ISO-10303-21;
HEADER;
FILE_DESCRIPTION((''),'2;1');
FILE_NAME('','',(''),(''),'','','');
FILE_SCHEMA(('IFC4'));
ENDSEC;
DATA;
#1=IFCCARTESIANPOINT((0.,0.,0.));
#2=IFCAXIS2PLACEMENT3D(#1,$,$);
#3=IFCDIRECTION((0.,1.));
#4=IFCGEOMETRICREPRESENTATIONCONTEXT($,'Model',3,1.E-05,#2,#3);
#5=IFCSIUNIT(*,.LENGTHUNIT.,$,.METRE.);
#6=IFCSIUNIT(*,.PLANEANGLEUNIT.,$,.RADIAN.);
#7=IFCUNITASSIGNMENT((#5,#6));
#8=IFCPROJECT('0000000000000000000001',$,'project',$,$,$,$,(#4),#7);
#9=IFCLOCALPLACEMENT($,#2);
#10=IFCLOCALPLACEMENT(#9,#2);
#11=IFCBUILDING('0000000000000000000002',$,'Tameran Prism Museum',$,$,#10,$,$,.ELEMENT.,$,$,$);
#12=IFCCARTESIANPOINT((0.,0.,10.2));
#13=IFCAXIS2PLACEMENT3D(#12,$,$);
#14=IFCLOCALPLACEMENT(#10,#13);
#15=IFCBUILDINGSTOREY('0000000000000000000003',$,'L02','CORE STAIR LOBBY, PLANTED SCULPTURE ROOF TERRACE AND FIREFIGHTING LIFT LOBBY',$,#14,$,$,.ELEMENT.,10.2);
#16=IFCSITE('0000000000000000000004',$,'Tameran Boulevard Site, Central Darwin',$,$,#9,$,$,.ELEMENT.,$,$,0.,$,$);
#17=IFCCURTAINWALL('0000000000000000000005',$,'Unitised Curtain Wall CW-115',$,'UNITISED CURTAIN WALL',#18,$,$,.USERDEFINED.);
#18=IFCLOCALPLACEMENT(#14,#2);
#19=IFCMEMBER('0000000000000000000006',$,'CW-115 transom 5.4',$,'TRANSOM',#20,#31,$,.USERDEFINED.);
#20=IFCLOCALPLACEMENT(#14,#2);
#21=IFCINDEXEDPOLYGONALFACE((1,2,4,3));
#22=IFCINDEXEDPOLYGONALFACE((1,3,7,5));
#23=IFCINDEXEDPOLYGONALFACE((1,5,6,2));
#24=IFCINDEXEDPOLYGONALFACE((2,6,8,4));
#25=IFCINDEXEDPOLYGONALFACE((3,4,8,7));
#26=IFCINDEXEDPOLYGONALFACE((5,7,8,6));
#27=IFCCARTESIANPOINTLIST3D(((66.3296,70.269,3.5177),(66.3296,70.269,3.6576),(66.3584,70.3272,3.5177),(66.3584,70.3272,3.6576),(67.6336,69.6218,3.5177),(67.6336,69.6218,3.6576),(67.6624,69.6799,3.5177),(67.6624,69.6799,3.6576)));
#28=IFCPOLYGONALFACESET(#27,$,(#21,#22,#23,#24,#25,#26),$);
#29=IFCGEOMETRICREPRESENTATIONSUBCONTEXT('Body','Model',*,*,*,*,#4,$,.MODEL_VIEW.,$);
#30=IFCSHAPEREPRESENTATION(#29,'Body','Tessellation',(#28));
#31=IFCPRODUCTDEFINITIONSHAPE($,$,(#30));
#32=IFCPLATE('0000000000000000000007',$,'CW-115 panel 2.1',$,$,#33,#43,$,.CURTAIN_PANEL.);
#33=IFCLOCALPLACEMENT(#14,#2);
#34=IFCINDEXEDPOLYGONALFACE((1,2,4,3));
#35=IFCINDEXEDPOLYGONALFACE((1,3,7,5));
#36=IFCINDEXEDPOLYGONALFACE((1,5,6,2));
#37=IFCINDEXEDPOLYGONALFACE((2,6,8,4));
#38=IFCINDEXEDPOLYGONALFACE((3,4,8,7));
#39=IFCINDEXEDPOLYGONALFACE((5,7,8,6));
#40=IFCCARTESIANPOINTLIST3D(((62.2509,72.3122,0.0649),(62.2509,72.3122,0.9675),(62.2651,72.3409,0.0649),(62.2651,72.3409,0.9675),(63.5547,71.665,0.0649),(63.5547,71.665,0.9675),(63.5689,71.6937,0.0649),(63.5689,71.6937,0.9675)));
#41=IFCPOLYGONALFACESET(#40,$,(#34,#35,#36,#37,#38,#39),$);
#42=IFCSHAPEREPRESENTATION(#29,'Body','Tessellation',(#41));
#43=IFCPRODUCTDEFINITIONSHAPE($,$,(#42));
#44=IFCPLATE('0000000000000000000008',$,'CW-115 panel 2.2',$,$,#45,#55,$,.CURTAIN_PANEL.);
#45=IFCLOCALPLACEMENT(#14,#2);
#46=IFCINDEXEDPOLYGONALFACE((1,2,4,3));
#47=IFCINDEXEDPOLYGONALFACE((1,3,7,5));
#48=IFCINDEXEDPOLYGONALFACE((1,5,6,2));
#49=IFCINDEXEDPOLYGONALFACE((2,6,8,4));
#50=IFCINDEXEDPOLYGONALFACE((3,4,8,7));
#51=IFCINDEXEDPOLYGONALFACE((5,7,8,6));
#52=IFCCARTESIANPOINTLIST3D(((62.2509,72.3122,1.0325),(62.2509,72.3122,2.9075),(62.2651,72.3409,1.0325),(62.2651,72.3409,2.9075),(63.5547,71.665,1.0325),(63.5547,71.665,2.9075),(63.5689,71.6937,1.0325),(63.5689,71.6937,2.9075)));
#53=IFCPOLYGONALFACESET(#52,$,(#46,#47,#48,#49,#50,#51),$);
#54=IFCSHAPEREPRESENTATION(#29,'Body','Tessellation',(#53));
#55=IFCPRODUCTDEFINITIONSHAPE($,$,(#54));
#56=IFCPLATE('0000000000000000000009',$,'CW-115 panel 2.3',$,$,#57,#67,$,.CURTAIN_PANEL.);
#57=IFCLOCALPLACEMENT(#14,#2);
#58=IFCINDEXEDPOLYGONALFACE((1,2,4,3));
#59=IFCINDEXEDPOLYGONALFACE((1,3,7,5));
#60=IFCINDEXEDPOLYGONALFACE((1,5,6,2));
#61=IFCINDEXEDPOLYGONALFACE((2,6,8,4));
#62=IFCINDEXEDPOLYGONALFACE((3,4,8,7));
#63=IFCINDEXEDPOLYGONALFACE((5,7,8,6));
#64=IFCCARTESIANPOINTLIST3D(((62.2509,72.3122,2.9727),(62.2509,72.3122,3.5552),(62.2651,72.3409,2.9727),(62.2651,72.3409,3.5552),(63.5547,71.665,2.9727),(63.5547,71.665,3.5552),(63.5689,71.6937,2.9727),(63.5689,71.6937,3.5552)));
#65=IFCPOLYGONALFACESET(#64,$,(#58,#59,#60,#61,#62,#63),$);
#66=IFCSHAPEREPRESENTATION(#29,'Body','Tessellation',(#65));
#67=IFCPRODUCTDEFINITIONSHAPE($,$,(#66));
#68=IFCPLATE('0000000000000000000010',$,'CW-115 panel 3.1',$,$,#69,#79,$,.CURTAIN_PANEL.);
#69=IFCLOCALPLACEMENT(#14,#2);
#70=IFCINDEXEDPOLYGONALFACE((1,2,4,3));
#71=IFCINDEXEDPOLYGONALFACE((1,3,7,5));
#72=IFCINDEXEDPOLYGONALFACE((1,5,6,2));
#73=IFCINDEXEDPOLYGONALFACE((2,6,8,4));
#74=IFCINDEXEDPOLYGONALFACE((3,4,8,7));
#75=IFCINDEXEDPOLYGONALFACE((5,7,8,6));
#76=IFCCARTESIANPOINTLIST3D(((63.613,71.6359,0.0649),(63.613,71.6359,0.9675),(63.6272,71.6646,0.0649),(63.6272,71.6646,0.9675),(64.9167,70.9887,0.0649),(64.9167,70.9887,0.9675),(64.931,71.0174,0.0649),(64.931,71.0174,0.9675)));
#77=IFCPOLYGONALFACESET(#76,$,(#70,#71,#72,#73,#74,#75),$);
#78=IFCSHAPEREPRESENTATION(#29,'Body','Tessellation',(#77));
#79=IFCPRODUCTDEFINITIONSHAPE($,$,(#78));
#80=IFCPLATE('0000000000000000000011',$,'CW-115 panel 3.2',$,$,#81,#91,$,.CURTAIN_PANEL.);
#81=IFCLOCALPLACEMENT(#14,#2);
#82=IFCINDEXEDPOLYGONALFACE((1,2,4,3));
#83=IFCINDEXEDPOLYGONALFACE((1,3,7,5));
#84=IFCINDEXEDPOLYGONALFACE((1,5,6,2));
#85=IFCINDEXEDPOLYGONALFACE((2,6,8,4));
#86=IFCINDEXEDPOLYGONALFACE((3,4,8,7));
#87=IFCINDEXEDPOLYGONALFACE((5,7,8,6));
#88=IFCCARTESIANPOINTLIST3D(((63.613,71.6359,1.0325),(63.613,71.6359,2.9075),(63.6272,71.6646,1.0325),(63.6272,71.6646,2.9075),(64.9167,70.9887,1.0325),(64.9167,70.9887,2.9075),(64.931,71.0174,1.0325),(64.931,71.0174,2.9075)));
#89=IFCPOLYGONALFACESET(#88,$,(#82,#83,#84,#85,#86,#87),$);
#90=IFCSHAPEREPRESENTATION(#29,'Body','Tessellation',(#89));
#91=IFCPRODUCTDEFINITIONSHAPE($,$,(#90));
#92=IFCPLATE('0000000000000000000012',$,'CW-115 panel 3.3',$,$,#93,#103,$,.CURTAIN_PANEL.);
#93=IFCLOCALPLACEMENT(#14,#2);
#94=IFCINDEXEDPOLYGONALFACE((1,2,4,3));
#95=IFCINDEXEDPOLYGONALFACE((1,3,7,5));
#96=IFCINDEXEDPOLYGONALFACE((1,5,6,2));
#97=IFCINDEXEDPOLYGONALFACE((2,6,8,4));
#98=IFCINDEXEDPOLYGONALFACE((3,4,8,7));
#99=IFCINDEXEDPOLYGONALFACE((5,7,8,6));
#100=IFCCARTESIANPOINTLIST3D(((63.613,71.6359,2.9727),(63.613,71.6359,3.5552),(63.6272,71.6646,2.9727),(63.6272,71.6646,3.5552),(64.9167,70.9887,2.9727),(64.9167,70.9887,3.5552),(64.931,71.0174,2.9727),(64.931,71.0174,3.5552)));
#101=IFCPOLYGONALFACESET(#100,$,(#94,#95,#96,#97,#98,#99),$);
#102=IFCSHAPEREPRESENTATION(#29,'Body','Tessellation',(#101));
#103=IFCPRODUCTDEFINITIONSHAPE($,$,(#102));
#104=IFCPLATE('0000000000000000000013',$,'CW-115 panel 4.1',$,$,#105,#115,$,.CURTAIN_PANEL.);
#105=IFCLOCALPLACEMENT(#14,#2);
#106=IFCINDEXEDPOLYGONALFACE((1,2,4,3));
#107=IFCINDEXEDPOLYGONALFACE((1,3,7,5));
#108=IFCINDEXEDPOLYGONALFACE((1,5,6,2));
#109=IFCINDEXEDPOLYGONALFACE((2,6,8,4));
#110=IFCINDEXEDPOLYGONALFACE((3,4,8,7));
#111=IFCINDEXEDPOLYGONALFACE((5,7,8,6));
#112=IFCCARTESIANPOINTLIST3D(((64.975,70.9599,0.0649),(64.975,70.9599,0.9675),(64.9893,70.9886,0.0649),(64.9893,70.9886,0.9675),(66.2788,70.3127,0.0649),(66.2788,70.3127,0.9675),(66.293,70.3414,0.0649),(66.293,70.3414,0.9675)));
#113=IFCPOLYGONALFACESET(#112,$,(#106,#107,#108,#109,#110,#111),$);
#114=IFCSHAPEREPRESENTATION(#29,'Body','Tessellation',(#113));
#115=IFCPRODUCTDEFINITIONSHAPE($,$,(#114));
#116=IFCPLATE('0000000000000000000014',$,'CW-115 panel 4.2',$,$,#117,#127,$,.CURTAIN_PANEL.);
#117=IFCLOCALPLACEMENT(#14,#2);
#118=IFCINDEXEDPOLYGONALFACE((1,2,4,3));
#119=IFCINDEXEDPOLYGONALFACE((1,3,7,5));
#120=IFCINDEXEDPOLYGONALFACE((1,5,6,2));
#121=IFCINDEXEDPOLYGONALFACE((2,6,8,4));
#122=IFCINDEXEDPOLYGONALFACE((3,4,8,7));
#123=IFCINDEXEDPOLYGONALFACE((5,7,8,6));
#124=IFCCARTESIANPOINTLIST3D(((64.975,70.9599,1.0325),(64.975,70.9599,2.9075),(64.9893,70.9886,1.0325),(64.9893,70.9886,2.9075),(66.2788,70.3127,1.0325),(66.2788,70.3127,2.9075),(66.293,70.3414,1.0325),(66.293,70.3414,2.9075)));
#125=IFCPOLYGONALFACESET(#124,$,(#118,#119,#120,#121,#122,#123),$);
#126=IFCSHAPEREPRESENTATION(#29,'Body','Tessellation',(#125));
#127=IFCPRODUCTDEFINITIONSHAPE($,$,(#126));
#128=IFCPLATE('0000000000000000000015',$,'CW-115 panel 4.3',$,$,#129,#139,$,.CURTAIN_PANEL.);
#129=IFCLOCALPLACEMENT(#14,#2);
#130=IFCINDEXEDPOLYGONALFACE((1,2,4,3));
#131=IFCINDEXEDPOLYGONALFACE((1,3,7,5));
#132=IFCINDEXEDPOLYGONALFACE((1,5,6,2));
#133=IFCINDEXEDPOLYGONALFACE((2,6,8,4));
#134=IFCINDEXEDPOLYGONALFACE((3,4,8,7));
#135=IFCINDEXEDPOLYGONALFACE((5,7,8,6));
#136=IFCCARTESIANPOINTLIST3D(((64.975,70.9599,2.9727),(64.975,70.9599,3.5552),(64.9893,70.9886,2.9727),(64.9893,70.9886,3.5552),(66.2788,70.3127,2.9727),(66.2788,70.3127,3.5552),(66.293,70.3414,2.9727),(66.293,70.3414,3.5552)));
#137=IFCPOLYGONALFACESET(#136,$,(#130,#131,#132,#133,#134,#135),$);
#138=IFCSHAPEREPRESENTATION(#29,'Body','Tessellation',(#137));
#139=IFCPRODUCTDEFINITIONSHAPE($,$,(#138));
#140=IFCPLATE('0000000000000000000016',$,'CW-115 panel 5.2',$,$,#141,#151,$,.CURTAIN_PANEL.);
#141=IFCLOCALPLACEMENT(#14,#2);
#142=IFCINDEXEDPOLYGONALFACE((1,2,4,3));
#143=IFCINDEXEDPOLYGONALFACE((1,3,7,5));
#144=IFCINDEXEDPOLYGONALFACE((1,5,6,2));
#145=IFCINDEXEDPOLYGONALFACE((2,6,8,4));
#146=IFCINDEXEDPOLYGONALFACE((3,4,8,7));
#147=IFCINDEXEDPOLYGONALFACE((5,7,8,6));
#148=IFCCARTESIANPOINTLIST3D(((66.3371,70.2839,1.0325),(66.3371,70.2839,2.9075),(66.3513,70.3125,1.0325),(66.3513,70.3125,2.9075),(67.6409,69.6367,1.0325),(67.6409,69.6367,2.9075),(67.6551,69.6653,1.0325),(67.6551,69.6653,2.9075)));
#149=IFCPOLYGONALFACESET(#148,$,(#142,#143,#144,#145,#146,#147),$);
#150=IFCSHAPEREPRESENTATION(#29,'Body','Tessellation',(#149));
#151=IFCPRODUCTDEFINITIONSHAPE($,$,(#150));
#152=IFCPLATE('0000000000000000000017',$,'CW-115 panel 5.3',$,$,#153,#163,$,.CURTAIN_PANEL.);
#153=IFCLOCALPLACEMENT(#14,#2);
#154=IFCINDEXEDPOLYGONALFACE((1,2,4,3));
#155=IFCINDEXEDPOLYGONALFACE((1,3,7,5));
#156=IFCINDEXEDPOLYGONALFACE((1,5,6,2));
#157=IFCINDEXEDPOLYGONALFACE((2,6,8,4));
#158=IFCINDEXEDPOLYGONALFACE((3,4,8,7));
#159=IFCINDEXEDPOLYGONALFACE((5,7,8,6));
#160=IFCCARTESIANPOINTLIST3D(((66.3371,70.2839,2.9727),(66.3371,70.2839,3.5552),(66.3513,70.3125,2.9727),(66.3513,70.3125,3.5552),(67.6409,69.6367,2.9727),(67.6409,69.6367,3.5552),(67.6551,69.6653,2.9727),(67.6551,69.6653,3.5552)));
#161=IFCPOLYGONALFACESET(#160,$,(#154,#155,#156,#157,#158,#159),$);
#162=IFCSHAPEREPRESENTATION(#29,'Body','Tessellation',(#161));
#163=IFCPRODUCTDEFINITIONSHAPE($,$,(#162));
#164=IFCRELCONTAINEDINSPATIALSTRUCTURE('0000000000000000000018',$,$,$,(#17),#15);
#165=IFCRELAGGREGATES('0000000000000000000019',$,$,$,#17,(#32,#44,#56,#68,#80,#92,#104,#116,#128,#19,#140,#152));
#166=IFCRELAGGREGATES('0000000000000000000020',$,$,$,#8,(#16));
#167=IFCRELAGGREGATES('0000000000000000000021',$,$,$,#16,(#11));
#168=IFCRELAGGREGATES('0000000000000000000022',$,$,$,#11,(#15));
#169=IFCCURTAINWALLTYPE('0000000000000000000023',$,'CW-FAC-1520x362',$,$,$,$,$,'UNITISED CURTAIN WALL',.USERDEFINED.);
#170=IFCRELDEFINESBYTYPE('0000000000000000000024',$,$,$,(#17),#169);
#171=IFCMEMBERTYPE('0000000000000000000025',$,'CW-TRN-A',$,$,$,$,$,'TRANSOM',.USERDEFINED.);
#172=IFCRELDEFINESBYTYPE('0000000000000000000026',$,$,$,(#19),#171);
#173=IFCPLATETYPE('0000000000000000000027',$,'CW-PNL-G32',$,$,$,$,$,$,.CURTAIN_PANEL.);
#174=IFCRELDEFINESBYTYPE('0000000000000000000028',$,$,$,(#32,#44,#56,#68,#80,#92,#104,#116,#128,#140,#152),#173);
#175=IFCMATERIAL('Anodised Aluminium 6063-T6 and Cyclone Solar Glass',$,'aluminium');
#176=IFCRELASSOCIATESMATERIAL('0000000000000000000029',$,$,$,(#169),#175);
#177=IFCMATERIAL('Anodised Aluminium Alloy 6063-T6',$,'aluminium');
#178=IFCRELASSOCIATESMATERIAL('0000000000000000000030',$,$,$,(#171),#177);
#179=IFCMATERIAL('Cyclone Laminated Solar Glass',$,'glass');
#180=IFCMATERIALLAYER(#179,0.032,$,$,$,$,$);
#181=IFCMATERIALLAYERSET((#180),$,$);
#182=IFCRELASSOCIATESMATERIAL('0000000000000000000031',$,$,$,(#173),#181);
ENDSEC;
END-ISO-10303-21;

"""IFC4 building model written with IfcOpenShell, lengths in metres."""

from ifc_helpers import new_model, si_unit, direction, frame, origin, origin_2d, place, context, subcontext, project, spatial, rectangle, extrude, material, layer, layer_set, material_profile, profile_set, type_object, element, aggregate, save


model = new_model("IFC4")

# Units and contexts
model_context = context("Model", 3, precision=1e-05, world=origin(), true_north=direction((0.0, 1.0)))
body_context = subcontext(model_context, "Body", "Model", "MODEL_VIEW")
ifc_project = project(units=[si_unit("LENGTHUNIT", "METRE"), si_unit("PLANEANGLEUNIT", "RADIAN")], contexts=[model_context])

# Site, building, storey
site_placement = place(None, origin())
site = spatial("IfcSite", under=ifc_project, at=site_placement, Name="Tameran Boulevard Site, Central Darwin", CompositionType="ELEMENT", RefElevation=0.0)
building_placement = place(site_placement, origin())
building = spatial("IfcBuilding", under=site, at=building_placement, Name="Tameran Prism Museum", CompositionType="ELEMENT")
storey_placement = place(building_placement, frame((0.0, 0.0, 10.2)))
storey = spatial("IfcBuildingStorey", under=building, at=storey_placement, Name="L02", Description="CORE STAIR LOBBY, PLANTED SCULPTURE ROOF TERRACE AND FIREFIGHTING LIFT LOBBY", CompositionType="ELEMENT", Elevation=10.2)

# Curtain wall, member, plates
ifc_material_1 = material(Name="Anodised Aluminium 6063-T6 and Cyclone Solar Glass", Category="aluminium")
curtain_wall_type = type_object("IfcCurtainWallType", Name="CW-FAC-1520x362", ElementType="UNITISED CURTAIN WALL", PredefinedType="USERDEFINED", material=ifc_material_1)
curtain_wall_placement = place(storey_placement, origin())
curtain_wall = element("IfcCurtainWall", 1, at=curtain_wall_placement, inside=storey, type_object=curtain_wall_type, Name="Unitised Curtain Wall CW-115", ObjectType="UNITISED CURTAIN WALL", PredefinedType="USERDEFINED")
ifc_material_2 = material(Name="Anodised Aluminium Alloy 6063-T6", Category="aluminium")
ifc_material_profile_1 = material_profile(ifc_material_2, rectangle(XDim=0.0649, YDim=0.1399, at=origin_2d()))
ifc_profile_set_1 = profile_set([ifc_material_profile_1])
member_type_1 = type_object("IfcMemberType", Name="CW-TRN-A", ElementType="TRANSOM", PredefinedType="USERDEFINED", material=ifc_profile_set_1)
member_1_placement = place(storey_placement, frame((66.344, 70.2981, 3.5876), z_axis=(0.895731, -0.444595, 0.0), x_axis=(0.444595, 0.895731, 0.0)))
member_1 = element("IfcMember", 2, at=member_1_placement, type_object=member_type_1, Name="CW-115 transom 5.4", ObjectType="TRANSOM", PredefinedType="USERDEFINED", context=body_context, shape_type="SweptSolid", body=[
    extrude(rectangle(XDim=0.0649, YDim=0.1399, at=origin_2d()), origin(), (0.0, 0.0, 1.0), 1.4558),
])
ifc_material_3 = material(Name="Cyclone Laminated Solar Glass", Category="glass")
ifc_layer = layer(ifc_material_3, 0.032)
ifc_layer_set = layer_set([ifc_layer])
plate_type = type_object("IfcPlateType", Name="CW-PNL-G32", PredefinedType="CURTAIN_PANEL", material=ifc_layer_set)
plate_1_placement = place(storey_placement, frame((62.9099, 72.0029, 0.0649), z_axis=(0.0, 0.0, 1.0), x_axis=(0.895712, -0.444634, 0.0)))
plate_1 = element("IfcPlate", 3, at=plate_1_placement, type_object=plate_type, Name="CW-115 panel 2.1", PredefinedType="CURTAIN_PANEL", context=body_context, shape_type="SweptSolid", body=[
    extrude(rectangle(XDim=1.4556, YDim=0.032, at=origin_2d()), origin(), (0.0, 0.0, 1.0), 0.9026),
])
plate_2_placement = place(storey_placement, frame((62.9099, 72.0029, 1.0325), z_axis=(0.0, 0.0, 1.0), x_axis=(0.895712, -0.444634, 0.0)))
plate_2 = element("IfcPlate", 4, at=plate_2_placement, type_object=plate_type, Name="CW-115 panel 2.2", PredefinedType="CURTAIN_PANEL", context=body_context, shape_type="SweptSolid", body=[
    extrude(rectangle(XDim=1.4556, YDim=0.032, at=origin_2d()), origin(), (0.0, 0.0, 1.0), 1.875),
])
plate_3_placement = place(storey_placement, frame((62.9099, 72.0029, 2.9727), z_axis=(0.0, 0.0, 1.0), x_axis=(0.895712, -0.444634, 0.0)))
plate_3 = element("IfcPlate", 5, at=plate_3_placement, type_object=plate_type, Name="CW-115 panel 2.3", PredefinedType="CURTAIN_PANEL", context=body_context, shape_type="SweptSolid", body=[
    extrude(rectangle(XDim=1.4556, YDim=0.032, at=origin_2d()), origin(), (0.0, 0.0, 1.0), 0.5825),
])
plate_4_placement = place(storey_placement, frame((64.272, 71.3267, 0.0649), z_axis=(0.0, 0.0, 1.0), x_axis=(0.895712, -0.444634, 0.0)))
plate_4 = element("IfcPlate", 6, at=plate_4_placement, type_object=plate_type, Name="CW-115 panel 3.1", PredefinedType="CURTAIN_PANEL", context=body_context, shape_type="SweptSolid", body=[
    extrude(rectangle(XDim=1.4556, YDim=0.032, at=origin_2d()), origin(), (0.0, 0.0, 1.0), 0.9026),
])
plate_5_placement = place(storey_placement, frame((64.272, 71.3267, 1.0325), z_axis=(0.0, 0.0, 1.0), x_axis=(0.895712, -0.444634, 0.0)))
plate_5 = element("IfcPlate", 7, at=plate_5_placement, type_object=plate_type, Name="CW-115 panel 3.2", PredefinedType="CURTAIN_PANEL", context=body_context, shape_type="SweptSolid", body=[
    extrude(rectangle(XDim=1.4556, YDim=0.032, at=origin_2d()), origin(), (0.0, 0.0, 1.0), 1.875),
])
plate_6_placement = place(storey_placement, frame((64.272, 71.3267, 2.9727), z_axis=(0.0, 0.0, 1.0), x_axis=(0.895712, -0.444634, 0.0)))
plate_6 = element("IfcPlate", 8, at=plate_6_placement, type_object=plate_type, Name="CW-115 panel 3.3", PredefinedType="CURTAIN_PANEL", context=body_context, shape_type="SweptSolid", body=[
    extrude(rectangle(XDim=1.4556, YDim=0.032, at=origin_2d()), origin(), (0.0, 0.0, 1.0), 0.5825),
])
plate_7_placement = place(storey_placement, frame((65.634, 70.6506, 0.0649), z_axis=(0.0, 0.0, 1.0), x_axis=(0.895712, -0.444634, 0.0)))
plate_7 = element("IfcPlate", 9, at=plate_7_placement, type_object=plate_type, Name="CW-115 panel 4.1", PredefinedType="CURTAIN_PANEL", context=body_context, shape_type="SweptSolid", body=[
    extrude(rectangle(XDim=1.4556, YDim=0.032, at=origin_2d()), origin(), (0.0, 0.0, 1.0), 0.9026),
])
plate_8_placement = place(storey_placement, frame((65.634, 70.6506, 1.0325), z_axis=(0.0, 0.0, 1.0), x_axis=(0.895712, -0.444634, 0.0)))
plate_8 = element("IfcPlate", 10, at=plate_8_placement, type_object=plate_type, Name="CW-115 panel 4.2", PredefinedType="CURTAIN_PANEL", context=body_context, shape_type="SweptSolid", body=[
    extrude(rectangle(XDim=1.4556, YDim=0.032, at=origin_2d()), origin(), (0.0, 0.0, 1.0), 1.875),
])
plate_9_placement = place(storey_placement, frame((65.634, 70.6506, 2.9727), z_axis=(0.0, 0.0, 1.0), x_axis=(0.895712, -0.444634, 0.0)))
plate_9 = element("IfcPlate", 11, at=plate_9_placement, type_object=plate_type, Name="CW-115 panel 4.3", PredefinedType="CURTAIN_PANEL", context=body_context, shape_type="SweptSolid", body=[
    extrude(rectangle(XDim=1.4556, YDim=0.032, at=origin_2d()), origin(), (0.0, 0.0, 1.0), 0.5825),
])
plate_10_placement = place(storey_placement, frame((66.9961, 69.9746, 1.0325), z_axis=(0.0, 0.0, 1.0), x_axis=(0.895712, -0.444634, 0.0)))
plate_10 = element("IfcPlate", 12, at=plate_10_placement, type_object=plate_type, Name="CW-115 panel 5.2", PredefinedType="CURTAIN_PANEL", context=body_context, shape_type="SweptSolid", body=[
    extrude(rectangle(XDim=1.4556, YDim=0.032, at=origin_2d()), origin(), (0.0, 0.0, 1.0), 1.875),
])
plate_11_placement = place(storey_placement, frame((66.9961, 69.9746, 2.9727), z_axis=(0.0, 0.0, 1.0), x_axis=(0.895712, -0.444634, 0.0)))
plate_11 = element("IfcPlate", 13, at=plate_11_placement, type_object=plate_type, Name="CW-115 panel 5.3", PredefinedType="CURTAIN_PANEL", context=body_context, shape_type="SweptSolid", body=[
    extrude(rectangle(XDim=1.4556, YDim=0.032, at=origin_2d()), origin(), (0.0, 0.0, 1.0), 0.5825),
])
aggregate(curtain_wall, [plate_1, plate_2, plate_3, plate_4, plate_5, plate_6, plate_7, plate_8, plate_9, member_1, plate_10, plate_11])

save(model, "model.ifc")
